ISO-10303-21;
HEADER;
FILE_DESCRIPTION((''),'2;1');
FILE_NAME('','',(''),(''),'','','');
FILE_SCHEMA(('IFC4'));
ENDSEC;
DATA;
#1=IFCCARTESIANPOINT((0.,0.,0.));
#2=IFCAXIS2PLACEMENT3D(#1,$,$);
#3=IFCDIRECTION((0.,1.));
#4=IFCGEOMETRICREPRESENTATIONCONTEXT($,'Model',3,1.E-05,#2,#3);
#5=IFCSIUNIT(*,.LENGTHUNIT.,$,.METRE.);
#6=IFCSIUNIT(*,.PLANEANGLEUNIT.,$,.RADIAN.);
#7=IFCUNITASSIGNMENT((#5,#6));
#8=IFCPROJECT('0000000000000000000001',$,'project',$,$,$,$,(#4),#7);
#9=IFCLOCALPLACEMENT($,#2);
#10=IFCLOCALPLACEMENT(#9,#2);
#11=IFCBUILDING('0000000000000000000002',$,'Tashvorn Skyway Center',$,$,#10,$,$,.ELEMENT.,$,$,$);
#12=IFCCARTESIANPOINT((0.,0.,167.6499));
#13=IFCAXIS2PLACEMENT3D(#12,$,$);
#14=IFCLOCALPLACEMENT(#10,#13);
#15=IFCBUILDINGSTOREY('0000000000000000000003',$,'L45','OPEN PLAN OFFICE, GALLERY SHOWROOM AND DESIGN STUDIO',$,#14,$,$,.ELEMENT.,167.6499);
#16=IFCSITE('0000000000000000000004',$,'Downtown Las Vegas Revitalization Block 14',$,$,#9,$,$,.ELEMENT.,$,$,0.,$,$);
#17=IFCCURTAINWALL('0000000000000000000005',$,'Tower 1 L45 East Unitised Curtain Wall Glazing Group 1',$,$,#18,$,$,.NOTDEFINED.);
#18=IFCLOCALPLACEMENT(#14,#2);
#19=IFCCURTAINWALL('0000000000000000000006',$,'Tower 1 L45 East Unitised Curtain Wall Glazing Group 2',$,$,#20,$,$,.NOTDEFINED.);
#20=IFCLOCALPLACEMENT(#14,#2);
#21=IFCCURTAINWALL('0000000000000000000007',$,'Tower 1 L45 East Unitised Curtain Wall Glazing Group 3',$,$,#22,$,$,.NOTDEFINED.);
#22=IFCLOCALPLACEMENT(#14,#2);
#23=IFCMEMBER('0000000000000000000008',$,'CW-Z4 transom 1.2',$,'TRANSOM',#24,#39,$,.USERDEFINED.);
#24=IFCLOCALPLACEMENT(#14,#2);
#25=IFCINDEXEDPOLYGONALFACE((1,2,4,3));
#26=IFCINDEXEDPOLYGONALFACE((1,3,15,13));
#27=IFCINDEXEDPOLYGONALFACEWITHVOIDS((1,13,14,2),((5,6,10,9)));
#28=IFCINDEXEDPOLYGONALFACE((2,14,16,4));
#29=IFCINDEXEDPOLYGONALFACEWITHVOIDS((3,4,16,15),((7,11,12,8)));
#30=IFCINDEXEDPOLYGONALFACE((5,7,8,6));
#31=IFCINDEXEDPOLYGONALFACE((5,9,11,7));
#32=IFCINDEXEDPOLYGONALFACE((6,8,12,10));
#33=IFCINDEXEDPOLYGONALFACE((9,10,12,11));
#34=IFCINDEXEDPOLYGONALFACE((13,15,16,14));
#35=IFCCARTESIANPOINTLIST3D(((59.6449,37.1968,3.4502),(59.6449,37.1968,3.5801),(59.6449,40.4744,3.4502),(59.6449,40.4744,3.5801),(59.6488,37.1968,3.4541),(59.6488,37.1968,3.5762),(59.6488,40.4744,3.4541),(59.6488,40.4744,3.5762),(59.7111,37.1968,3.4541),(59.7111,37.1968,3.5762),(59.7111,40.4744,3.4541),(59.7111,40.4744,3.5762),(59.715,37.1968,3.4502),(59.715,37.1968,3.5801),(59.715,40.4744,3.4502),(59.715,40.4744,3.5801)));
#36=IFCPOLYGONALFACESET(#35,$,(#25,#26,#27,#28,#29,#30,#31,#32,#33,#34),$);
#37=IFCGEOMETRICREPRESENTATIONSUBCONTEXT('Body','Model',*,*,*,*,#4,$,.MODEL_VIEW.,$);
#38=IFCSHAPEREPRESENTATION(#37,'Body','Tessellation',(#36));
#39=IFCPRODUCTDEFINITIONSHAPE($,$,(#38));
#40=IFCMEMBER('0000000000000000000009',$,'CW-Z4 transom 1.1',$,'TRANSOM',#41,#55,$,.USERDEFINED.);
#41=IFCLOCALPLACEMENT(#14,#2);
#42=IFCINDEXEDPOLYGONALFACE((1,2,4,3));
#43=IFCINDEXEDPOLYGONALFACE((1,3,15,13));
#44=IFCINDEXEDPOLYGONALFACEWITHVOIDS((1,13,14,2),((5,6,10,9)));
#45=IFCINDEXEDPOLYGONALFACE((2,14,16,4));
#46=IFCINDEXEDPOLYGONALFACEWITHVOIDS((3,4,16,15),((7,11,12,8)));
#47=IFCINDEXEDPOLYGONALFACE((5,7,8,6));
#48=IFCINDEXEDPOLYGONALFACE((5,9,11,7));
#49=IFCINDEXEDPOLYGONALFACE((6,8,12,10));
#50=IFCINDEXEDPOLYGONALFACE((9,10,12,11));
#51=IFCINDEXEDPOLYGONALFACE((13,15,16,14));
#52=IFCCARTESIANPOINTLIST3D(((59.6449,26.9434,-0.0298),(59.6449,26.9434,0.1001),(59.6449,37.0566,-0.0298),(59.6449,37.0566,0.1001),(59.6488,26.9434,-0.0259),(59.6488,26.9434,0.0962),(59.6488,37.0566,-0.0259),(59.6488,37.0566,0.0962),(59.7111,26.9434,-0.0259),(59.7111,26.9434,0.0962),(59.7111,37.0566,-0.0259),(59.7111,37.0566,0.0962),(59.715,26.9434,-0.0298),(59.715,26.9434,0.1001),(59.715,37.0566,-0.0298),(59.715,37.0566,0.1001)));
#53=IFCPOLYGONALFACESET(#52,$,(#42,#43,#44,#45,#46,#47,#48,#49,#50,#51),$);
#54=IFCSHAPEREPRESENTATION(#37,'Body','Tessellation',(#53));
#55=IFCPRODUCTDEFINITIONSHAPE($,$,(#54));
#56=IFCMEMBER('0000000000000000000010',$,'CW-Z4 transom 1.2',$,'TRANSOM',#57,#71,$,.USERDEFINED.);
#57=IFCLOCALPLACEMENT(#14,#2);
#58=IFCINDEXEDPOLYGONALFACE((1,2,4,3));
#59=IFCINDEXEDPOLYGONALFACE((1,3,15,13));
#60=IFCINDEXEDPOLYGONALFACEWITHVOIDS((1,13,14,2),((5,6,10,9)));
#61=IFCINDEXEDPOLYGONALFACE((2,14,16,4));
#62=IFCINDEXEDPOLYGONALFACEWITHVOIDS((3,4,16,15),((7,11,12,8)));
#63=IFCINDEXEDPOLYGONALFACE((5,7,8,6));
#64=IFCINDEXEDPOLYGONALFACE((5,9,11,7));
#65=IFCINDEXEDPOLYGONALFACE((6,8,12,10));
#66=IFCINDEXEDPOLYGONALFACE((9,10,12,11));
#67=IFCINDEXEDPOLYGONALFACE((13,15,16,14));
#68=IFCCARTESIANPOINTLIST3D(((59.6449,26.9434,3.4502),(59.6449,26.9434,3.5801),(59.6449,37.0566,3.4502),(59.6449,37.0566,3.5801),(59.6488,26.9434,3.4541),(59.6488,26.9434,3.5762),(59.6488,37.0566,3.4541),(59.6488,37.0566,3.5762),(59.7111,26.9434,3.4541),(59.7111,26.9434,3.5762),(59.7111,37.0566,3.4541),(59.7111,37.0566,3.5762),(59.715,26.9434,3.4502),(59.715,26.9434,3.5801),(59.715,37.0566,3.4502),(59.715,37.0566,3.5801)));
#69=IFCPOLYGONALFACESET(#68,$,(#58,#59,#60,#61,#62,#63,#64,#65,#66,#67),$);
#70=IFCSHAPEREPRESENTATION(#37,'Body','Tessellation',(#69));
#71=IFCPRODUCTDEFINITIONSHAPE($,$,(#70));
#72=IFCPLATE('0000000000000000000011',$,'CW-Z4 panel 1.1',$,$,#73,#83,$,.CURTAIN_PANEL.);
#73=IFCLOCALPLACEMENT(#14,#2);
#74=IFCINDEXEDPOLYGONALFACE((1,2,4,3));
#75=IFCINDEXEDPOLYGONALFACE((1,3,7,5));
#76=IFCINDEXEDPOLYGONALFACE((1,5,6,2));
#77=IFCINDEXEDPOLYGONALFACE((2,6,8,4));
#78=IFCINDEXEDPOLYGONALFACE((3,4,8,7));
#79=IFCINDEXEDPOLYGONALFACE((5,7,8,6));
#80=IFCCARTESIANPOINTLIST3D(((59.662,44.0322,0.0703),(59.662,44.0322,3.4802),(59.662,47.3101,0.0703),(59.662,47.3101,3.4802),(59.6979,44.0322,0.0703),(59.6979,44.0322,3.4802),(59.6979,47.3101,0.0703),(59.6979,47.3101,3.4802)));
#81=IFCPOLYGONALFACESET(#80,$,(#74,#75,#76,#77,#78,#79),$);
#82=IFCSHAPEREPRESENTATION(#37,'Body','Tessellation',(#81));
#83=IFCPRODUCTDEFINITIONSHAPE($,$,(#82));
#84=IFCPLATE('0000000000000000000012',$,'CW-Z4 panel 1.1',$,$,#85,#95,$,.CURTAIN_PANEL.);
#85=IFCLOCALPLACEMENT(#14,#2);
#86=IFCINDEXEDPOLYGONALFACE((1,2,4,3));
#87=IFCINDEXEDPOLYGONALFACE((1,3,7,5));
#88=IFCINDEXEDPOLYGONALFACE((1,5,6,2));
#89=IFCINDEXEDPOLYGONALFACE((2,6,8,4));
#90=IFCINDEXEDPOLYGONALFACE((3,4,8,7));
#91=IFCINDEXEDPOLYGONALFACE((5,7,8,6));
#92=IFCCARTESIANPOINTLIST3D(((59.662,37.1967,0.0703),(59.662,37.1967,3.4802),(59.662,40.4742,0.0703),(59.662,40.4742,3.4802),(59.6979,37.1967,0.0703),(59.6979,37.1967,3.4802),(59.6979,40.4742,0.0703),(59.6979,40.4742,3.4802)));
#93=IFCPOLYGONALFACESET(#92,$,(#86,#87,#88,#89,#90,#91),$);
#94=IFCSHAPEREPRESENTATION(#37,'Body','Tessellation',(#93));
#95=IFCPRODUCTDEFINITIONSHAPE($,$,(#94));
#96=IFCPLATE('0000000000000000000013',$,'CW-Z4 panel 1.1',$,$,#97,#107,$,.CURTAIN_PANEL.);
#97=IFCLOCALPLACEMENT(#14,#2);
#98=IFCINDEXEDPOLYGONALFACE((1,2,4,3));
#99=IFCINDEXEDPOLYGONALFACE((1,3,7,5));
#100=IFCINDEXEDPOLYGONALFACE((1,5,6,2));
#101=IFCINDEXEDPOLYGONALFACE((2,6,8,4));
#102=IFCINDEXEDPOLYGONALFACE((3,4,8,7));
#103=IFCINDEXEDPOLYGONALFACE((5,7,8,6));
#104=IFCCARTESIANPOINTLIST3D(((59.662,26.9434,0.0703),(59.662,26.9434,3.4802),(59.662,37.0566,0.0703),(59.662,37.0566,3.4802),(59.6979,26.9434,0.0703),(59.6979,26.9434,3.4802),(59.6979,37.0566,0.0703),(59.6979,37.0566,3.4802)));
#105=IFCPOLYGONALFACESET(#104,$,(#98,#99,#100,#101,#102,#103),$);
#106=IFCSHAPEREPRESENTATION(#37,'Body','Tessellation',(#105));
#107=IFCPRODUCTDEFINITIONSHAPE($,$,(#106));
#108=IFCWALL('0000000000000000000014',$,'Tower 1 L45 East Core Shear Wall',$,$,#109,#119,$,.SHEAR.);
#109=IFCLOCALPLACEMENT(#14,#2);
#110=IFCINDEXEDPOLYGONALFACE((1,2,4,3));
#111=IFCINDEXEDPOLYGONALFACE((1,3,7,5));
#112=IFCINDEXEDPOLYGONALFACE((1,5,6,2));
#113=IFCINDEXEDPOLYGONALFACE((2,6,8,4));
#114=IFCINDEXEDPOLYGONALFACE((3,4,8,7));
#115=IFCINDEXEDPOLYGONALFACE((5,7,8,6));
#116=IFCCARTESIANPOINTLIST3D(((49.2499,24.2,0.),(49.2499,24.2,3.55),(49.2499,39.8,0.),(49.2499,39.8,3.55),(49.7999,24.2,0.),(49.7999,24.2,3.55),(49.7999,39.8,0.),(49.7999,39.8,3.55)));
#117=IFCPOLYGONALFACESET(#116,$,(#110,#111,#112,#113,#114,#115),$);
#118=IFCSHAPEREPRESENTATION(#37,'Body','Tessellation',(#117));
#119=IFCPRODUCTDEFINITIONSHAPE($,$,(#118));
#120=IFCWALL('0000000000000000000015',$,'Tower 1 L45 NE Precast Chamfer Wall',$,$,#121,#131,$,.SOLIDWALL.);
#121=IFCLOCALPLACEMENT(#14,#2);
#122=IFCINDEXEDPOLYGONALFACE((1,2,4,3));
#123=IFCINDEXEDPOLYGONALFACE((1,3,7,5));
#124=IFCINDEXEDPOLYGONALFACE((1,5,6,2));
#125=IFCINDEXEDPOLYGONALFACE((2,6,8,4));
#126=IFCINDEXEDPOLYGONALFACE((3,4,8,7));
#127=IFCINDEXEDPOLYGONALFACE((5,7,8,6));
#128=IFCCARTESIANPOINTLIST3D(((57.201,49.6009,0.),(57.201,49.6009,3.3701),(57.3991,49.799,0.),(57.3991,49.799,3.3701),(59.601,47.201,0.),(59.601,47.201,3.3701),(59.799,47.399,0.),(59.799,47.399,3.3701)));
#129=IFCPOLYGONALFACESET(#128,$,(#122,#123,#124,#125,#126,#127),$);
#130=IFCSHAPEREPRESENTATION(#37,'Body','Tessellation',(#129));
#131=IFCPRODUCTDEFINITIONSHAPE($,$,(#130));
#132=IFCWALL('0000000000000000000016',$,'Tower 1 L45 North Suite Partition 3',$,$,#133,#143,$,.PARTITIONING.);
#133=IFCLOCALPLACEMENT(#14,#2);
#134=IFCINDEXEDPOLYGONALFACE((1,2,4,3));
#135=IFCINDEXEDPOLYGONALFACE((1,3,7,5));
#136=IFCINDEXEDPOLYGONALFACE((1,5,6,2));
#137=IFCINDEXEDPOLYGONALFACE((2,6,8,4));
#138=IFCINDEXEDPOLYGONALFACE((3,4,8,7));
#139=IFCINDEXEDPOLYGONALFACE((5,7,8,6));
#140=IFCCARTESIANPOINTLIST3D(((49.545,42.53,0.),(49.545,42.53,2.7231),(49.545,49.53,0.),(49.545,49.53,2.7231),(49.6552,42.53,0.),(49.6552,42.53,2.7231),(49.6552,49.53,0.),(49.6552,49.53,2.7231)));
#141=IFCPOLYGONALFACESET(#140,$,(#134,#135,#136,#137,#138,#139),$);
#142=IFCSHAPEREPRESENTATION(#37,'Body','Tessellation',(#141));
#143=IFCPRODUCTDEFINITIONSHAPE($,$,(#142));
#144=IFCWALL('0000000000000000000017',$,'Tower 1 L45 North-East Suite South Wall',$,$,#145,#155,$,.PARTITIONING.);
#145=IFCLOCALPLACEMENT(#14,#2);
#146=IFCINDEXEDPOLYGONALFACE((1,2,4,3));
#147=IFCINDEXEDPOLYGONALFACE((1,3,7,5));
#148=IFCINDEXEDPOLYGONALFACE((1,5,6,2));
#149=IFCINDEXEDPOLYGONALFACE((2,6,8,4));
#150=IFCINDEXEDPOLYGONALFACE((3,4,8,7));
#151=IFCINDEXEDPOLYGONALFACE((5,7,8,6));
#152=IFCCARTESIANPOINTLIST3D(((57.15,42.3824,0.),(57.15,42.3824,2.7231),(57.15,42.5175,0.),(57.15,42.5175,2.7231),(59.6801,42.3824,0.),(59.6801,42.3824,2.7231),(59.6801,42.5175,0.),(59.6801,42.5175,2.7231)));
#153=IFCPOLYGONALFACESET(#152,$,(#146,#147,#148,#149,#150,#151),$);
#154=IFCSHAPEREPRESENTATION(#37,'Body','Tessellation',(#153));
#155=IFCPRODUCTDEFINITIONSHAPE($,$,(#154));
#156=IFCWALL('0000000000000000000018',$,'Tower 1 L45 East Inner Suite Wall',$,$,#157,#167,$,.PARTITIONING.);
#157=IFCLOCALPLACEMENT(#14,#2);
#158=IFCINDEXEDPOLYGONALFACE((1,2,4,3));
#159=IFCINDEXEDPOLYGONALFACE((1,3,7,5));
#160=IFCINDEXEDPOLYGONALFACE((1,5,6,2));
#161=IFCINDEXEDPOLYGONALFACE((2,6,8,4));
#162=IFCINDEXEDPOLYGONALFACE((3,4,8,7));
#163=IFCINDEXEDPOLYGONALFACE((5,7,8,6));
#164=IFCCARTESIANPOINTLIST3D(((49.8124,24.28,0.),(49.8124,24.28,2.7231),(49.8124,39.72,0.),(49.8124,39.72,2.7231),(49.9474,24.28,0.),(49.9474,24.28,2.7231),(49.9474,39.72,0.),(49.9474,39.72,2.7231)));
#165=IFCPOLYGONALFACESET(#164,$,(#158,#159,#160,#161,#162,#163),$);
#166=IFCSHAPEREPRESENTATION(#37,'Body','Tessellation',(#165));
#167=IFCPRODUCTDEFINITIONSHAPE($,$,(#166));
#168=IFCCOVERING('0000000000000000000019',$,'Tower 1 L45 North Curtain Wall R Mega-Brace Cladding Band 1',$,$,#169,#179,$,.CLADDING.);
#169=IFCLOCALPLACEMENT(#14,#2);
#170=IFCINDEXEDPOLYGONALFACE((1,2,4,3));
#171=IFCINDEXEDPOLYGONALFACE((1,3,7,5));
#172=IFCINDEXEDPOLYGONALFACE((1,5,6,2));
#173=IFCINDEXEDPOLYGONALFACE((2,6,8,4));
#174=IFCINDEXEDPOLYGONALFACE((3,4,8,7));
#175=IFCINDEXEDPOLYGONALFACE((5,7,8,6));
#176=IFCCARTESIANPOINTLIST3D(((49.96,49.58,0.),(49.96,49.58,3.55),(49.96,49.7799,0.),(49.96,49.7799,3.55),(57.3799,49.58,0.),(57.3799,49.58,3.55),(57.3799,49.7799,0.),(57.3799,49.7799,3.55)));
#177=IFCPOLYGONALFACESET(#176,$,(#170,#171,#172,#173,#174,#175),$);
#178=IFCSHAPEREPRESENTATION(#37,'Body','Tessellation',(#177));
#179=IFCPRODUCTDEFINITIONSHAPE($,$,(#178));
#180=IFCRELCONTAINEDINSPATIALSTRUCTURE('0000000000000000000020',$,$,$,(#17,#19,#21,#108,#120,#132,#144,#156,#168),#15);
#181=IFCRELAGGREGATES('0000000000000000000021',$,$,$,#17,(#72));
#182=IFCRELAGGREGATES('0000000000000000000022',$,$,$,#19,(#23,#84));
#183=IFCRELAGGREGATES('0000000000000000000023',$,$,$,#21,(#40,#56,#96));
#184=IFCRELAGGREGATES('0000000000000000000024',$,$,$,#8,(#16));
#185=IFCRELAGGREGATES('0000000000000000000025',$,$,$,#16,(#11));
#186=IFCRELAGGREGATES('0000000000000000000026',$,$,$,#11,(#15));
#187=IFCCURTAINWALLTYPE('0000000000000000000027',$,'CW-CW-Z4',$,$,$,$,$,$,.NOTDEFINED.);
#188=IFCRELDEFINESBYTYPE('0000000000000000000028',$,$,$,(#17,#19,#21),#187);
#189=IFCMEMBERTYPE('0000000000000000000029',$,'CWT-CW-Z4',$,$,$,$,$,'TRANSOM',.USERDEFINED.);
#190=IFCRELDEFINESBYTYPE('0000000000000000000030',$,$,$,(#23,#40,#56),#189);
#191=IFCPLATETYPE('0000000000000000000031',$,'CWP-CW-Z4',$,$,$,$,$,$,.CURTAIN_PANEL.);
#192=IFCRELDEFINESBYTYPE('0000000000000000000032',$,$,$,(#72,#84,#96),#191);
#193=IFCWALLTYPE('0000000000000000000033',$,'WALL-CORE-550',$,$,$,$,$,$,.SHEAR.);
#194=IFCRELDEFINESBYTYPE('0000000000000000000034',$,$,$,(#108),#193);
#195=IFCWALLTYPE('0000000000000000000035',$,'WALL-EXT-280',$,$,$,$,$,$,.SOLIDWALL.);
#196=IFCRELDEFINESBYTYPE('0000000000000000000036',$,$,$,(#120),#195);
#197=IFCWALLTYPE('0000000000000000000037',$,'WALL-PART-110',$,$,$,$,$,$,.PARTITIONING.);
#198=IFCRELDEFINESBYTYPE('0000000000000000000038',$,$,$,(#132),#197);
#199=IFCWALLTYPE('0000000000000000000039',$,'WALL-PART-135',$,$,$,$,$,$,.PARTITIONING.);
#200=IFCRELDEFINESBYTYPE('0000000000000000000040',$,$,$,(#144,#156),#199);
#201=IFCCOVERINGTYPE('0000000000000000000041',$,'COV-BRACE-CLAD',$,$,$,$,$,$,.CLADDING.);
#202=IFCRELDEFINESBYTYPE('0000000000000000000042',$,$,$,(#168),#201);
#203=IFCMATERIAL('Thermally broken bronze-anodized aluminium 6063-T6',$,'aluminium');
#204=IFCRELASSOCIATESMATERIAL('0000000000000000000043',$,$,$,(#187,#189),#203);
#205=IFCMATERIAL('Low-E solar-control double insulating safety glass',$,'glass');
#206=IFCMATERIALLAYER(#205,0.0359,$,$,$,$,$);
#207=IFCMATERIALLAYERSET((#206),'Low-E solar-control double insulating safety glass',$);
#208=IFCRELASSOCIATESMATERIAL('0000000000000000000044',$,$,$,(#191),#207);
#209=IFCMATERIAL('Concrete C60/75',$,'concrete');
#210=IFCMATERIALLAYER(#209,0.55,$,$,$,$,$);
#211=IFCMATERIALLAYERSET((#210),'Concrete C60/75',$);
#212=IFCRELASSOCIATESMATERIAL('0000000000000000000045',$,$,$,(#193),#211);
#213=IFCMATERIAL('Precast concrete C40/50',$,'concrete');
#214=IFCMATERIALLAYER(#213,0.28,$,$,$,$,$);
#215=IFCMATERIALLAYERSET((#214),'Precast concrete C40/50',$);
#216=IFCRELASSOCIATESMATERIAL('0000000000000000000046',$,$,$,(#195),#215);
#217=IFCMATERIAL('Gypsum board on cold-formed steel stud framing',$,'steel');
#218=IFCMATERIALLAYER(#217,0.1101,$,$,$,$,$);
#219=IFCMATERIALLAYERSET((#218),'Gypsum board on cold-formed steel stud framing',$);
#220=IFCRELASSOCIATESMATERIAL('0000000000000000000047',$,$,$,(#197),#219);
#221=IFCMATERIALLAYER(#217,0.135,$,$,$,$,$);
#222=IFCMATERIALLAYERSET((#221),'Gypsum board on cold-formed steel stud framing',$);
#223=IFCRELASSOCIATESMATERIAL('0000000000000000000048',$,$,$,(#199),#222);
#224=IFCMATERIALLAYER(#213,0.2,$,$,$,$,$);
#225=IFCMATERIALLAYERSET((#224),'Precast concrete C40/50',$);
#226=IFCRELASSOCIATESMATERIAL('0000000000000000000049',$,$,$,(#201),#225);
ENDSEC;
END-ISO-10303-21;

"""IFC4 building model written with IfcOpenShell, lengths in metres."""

from ifc_helpers import new_model, si_unit, direction, frame, frame_2d, origin, origin_2d, place, context, subcontext, project, spatial, rectangle, hollow_rectangle, extrude, material, layer, layer_set, material_profile, profile_set, type_object, element, aggregate, save


model = new_model("IFC4")

# Units and contexts
model_context = context("Model", 3, precision=1e-05, world=origin(), true_north=direction((0.0, 1.0)))
body_context = subcontext(model_context, "Body", "Model", "MODEL_VIEW")
ifc_project = project(units=[si_unit("LENGTHUNIT", "METRE"), si_unit("PLANEANGLEUNIT", "RADIAN")], contexts=[model_context])

# Site, building, storey
site_placement = place(None, origin())
site = spatial("IfcSite", under=ifc_project, at=site_placement, Name="Downtown Las Vegas Revitalization Block 14", CompositionType="ELEMENT", RefElevation=0.0)
building_placement = place(site_placement, origin())
building = spatial("IfcBuilding", under=site, at=building_placement, Name="Tashvorn Skyway Center", CompositionType="ELEMENT")
storey_placement = place(building_placement, frame((0.0, 0.0, 167.6499)))
storey = spatial("IfcBuildingStorey", under=building, at=storey_placement, Name="L45", Description="OPEN PLAN OFFICE, GALLERY SHOWROOM AND DESIGN STUDIO", CompositionType="ELEMENT", Elevation=167.6499)

# Shared definitions
ifc_material_1 = material(Name="Thermally broken bronze-anodized aluminium 6063-T6", Category="aluminium")
curtain_wall_type = type_object("IfcCurtainWallType", Name="CW-CW-Z4", PredefinedType="NOTDEFINED", material=ifc_material_1)

# Curtain walls
curtain_wall_1_placement = place(storey_placement, origin())
curtain_wall_1 = element("IfcCurtainWall", 1, at=curtain_wall_1_placement, inside=storey, type_object=curtain_wall_type, Name="Tower 1 L45 East Unitised Curtain Wall Glazing Group 1", PredefinedType="NOTDEFINED")
curtain_wall_2_placement = place(storey_placement, origin())
curtain_wall_2 = element("IfcCurtainWall", 2, at=curtain_wall_2_placement, inside=storey, type_object=curtain_wall_type, Name="Tower 1 L45 East Unitised Curtain Wall Glazing Group 2", PredefinedType="NOTDEFINED")

# Curtain wall
curtain_wall_3_placement = place(storey_placement, origin())
curtain_wall_3 = element("IfcCurtainWall", 3, at=curtain_wall_3_placement, inside=storey, type_object=curtain_wall_type, Name="Tower 1 L45 East Unitised Curtain Wall Glazing Group 3", PredefinedType="NOTDEFINED")

# Members
ifc_material_profile_1 = material_profile(ifc_material_1, hollow_rectangle(XDim=0.0701, YDim=0.1299, WallThickness=0.0039, at=origin_2d()), Name="ALU-TRAN-70x130")
ifc_profile_set_1 = profile_set([ifc_material_profile_1], Name="Thermally broken bronze-anodized aluminium 6063-T6")
member_type_1 = type_object("IfcMemberType", Name="CWT-CW-Z4", ElementType="TRANSOM", PredefinedType="USERDEFINED", material=ifc_profile_set_1)
member_1_placement = place(storey_placement, frame((59.6799, 40.4744, 3.5151), z_axis=(0.0, -1.0, 0.0), x_axis=(1.0, 0.0, 0.0)))
member_1 = element("IfcMember", 4, at=member_1_placement, type_object=member_type_1, Name="CW-Z4 transom 1.2", ObjectType="TRANSOM", PredefinedType="USERDEFINED", context=body_context, shape_type="SweptSolid", body=[
    extrude(hollow_rectangle(XDim=0.0701, YDim=0.1299, WallThickness=0.0039, at=origin_2d()), origin(), (0.0, 0.0, 1.0), 3.2776),
])
member_2_placement = place(storey_placement, frame((59.6799, 37.0566, 0.0352), z_axis=(0.0, -1.0, 0.0), x_axis=(1.0, 0.0, 0.0)))
member_2 = element("IfcMember", 5, at=member_2_placement, type_object=member_type_1, Name="CW-Z4 transom 1.1", ObjectType="TRANSOM", PredefinedType="USERDEFINED", context=body_context, shape_type="SweptSolid", body=[
    extrude(hollow_rectangle(XDim=0.0701, YDim=0.1299, WallThickness=0.0039, at=origin_2d()), origin(), (0.0, 0.0, 1.0), 10.1133),
])
member_3_placement = place(storey_placement, frame((59.6799, 37.0566, 3.5151), z_axis=(0.0, -1.0, 0.0), x_axis=(1.0, 0.0, 0.0)))
member_3 = element("IfcMember", 6, at=member_3_placement, type_object=member_type_1, Name="CW-Z4 transom 1.2", ObjectType="TRANSOM", PredefinedType="USERDEFINED", context=body_context, shape_type="SweptSolid", body=[
    extrude(hollow_rectangle(XDim=0.0701, YDim=0.1299, WallThickness=0.0039, at=origin_2d()), origin(), (0.0, 0.0, 1.0), 10.1133),
])

# Plates
ifc_material_2 = material(Name="Low-E solar-control double insulating safety glass", Category="glass")
ifc_layer_1 = layer(ifc_material_2, 0.0359)
ifc_layer_set_1 = layer_set([ifc_layer_1], Name="Low-E solar-control double insulating safety glass")
plate_type = type_object("IfcPlateType", Name="CWP-CW-Z4", PredefinedType="CURTAIN_PANEL", material=ifc_layer_set_1)
plate_1_placement = place(storey_placement, frame((59.6799, 45.6711, 0.0703), z_axis=(0.0, 0.0, 1.0), x_axis=(0.0, -1.0, 0.0)))
plate_1 = element("IfcPlate", 7, at=plate_1_placement, type_object=plate_type, Name="CW-Z4 panel 1.1", PredefinedType="CURTAIN_PANEL", context=body_context, shape_type="SweptSolid", body=[
    extrude(rectangle(XDim=3.2778, YDim=0.0359, at=origin_2d()), origin(), (0.0, 0.0, 1.0), 3.4099),
])
aggregate(curtain_wall_1, [plate_1])
plate_2_placement = place(storey_placement, frame((59.6799, 38.8354, 0.0703), z_axis=(0.0, 0.0, 1.0), x_axis=(0.0, -1.0, 0.0)))
plate_2 = element("IfcPlate", 8, at=plate_2_placement, type_object=plate_type, Name="CW-Z4 panel 1.1", PredefinedType="CURTAIN_PANEL", context=body_context, shape_type="SweptSolid", body=[
    extrude(rectangle(XDim=3.2776, YDim=0.0359, at=origin_2d()), origin(), (0.0, 0.0, 1.0), 3.4099),
])
aggregate(curtain_wall_2, [member_1, plate_2])
plate_3_placement = place(storey_placement, frame((59.6799, 32.0, 0.0703), z_axis=(0.0, 0.0, 1.0), x_axis=(0.0, -1.0, 0.0)))
plate_3 = element("IfcPlate", 9, at=plate_3_placement, type_object=plate_type, Name="CW-Z4 panel 1.1", PredefinedType="CURTAIN_PANEL", context=body_context, shape_type="SweptSolid", body=[
    extrude(rectangle(XDim=10.1133, YDim=0.0359, at=origin_2d()), origin(), (0.0, 0.0, 1.0), 3.4099),
])
aggregate(curtain_wall_3, [member_2, member_3, plate_3])

# Walls
ifc_material_3 = material(Name="Concrete C60/75", Category="concrete")
ifc_layer_2 = layer(ifc_material_3, 0.55)
ifc_layer_set_2 = layer_set([ifc_layer_2], Name="Concrete C60/75")
wall_type_1 = type_object("IfcWallType", Name="WALL-CORE-550", PredefinedType="SHEAR", material=ifc_layer_set_2)
wall_1_placement = place(storey_placement, frame((49.5249, 39.8, 0.0), z_axis=(0.0, 0.0, 1.0), x_axis=(0.0, -1.0, 0.0)))
element("IfcWall", 10, at=wall_1_placement, inside=storey, type_object=wall_type_1, Name="Tower 1 L45 East Core Shear Wall", PredefinedType="SHEAR", context=body_context, shape_type="SweptSolid", body=[
    extrude(rectangle(XDim=15.6001, YDim=0.55, at=frame_2d((7.8, 0.0))), origin(), (0.0, 0.0, 1.0), 3.55),
])
ifc_material_4 = material(Name="Precast concrete C40/50", Category="concrete")
ifc_layer_3 = layer(ifc_material_4, 0.28)
ifc_layer_set_3 = layer_set([ifc_layer_3], Name="Precast concrete C40/50")
wall_type_2 = type_object("IfcWallType", Name="WALL-EXT-280", PredefinedType="SOLIDWALL", material=ifc_layer_set_3)
wall_2_placement = place(storey_placement, frame((57.3, 49.7, 0.0), z_axis=(0.0, 0.0, 1.0), x_axis=(0.707107, -0.707107, 0.0)))
element("IfcWall", 11, at=wall_2_placement, inside=storey, type_object=wall_type_2, Name="Tower 1 L45 NE Precast Chamfer Wall", PredefinedType="SOLIDWALL", context=body_context, shape_type="SweptSolid", body=[
    extrude(rectangle(XDim=3.394, YDim=0.28, at=frame_2d((1.697, 0.0))), origin(), (0.0, 0.0, 1.0), 3.3701),
])
ifc_material_5 = material(Name="Gypsum board on cold-formed steel stud framing", Category="steel")
ifc_layer_4 = layer(ifc_material_5, 0.1101)
ifc_layer_set_4 = layer_set([ifc_layer_4], Name="Gypsum board on cold-formed steel stud framing")
wall_type_3 = type_object("IfcWallType", Name="WALL-PART-110", PredefinedType="PARTITIONING", material=ifc_layer_set_4)
wall_3_placement = place(storey_placement, frame((49.6001, 42.53, 0.0), z_axis=(0.0, 0.0, 1.0), x_axis=(0.0, 1.0, 0.0)))
element("IfcWall", 12, at=wall_3_placement, inside=storey, type_object=wall_type_3, Name="Tower 1 L45 North Suite Partition 3", PredefinedType="PARTITIONING", context=body_context, shape_type="SweptSolid", body=[
    extrude(rectangle(XDim=7.0, YDim=0.1101, at=frame_2d((3.5, 0.0))), origin(), (0.0, 0.0, 1.0), 2.7231),
])
ifc_layer_5 = layer(ifc_material_5, 0.135)
ifc_layer_set_5 = layer_set([ifc_layer_5], Name="Gypsum board on cold-formed steel stud framing")
wall_type_4 = type_object("IfcWallType", Name="WALL-PART-135", PredefinedType="PARTITIONING", material=ifc_layer_set_5)
wall_4_placement = place(storey_placement, frame((57.1499, 42.45, 0.0), z_axis=(0.0, 0.0, 1.0), x_axis=(1.0, 0.0, 0.0)))
element("IfcWall", 13, at=wall_4_placement, inside=storey, type_object=wall_type_4, Name="Tower 1 L45 North-East Suite South Wall", PredefinedType="PARTITIONING", context=body_context, shape_type="SweptSolid", body=[
    extrude(rectangle(XDim=2.53, YDim=0.135, at=frame_2d((1.2651, 0.0))), origin(), (0.0, 0.0, 1.0), 2.7231),
])
wall_5_placement = place(storey_placement, frame((49.8799, 39.72, 0.0), z_axis=(0.0, 0.0, 1.0), x_axis=(0.0, -1.0, 0.0)))
element("IfcWall", 14, at=wall_5_placement, inside=storey, type_object=wall_type_4, Name="Tower 1 L45 East Inner Suite Wall", PredefinedType="PARTITIONING", context=body_context, shape_type="SweptSolid", body=[
    extrude(rectangle(XDim=15.4399, YDim=0.135, at=frame_2d((7.72, 0.0))), origin(), (0.0, 0.0, 1.0), 2.7231),
])

# Covering
ifc_layer_6 = layer(ifc_material_4, 0.2)
ifc_layer_set_6 = layer_set([ifc_layer_6], Name="Precast concrete C40/50")
covering_type_1 = type_object("IfcCoveringType", Name="COV-BRACE-CLAD", PredefinedType="CLADDING", material=ifc_layer_set_6)
covering_1_placement = place(storey_placement, frame((53.6699, 49.6799, 0.0), z_axis=(0.0, 0.0, 1.0), x_axis=(1.0, 0.0, 0.0)))
element("IfcCovering", 15, at=covering_1_placement, inside=storey, type_object=covering_type_1, Name="Tower 1 L45 North Curtain Wall R Mega-Brace Cladding Band 1", PredefinedType="CLADDING", context=body_context, shape_type="SweptSolid", body=[
    extrude(rectangle(XDim=7.4199, YDim=0.2, at=origin_2d()), origin(), (0.0, 0.0, 1.0), 3.55),
])

save(model, "model.ifc")
